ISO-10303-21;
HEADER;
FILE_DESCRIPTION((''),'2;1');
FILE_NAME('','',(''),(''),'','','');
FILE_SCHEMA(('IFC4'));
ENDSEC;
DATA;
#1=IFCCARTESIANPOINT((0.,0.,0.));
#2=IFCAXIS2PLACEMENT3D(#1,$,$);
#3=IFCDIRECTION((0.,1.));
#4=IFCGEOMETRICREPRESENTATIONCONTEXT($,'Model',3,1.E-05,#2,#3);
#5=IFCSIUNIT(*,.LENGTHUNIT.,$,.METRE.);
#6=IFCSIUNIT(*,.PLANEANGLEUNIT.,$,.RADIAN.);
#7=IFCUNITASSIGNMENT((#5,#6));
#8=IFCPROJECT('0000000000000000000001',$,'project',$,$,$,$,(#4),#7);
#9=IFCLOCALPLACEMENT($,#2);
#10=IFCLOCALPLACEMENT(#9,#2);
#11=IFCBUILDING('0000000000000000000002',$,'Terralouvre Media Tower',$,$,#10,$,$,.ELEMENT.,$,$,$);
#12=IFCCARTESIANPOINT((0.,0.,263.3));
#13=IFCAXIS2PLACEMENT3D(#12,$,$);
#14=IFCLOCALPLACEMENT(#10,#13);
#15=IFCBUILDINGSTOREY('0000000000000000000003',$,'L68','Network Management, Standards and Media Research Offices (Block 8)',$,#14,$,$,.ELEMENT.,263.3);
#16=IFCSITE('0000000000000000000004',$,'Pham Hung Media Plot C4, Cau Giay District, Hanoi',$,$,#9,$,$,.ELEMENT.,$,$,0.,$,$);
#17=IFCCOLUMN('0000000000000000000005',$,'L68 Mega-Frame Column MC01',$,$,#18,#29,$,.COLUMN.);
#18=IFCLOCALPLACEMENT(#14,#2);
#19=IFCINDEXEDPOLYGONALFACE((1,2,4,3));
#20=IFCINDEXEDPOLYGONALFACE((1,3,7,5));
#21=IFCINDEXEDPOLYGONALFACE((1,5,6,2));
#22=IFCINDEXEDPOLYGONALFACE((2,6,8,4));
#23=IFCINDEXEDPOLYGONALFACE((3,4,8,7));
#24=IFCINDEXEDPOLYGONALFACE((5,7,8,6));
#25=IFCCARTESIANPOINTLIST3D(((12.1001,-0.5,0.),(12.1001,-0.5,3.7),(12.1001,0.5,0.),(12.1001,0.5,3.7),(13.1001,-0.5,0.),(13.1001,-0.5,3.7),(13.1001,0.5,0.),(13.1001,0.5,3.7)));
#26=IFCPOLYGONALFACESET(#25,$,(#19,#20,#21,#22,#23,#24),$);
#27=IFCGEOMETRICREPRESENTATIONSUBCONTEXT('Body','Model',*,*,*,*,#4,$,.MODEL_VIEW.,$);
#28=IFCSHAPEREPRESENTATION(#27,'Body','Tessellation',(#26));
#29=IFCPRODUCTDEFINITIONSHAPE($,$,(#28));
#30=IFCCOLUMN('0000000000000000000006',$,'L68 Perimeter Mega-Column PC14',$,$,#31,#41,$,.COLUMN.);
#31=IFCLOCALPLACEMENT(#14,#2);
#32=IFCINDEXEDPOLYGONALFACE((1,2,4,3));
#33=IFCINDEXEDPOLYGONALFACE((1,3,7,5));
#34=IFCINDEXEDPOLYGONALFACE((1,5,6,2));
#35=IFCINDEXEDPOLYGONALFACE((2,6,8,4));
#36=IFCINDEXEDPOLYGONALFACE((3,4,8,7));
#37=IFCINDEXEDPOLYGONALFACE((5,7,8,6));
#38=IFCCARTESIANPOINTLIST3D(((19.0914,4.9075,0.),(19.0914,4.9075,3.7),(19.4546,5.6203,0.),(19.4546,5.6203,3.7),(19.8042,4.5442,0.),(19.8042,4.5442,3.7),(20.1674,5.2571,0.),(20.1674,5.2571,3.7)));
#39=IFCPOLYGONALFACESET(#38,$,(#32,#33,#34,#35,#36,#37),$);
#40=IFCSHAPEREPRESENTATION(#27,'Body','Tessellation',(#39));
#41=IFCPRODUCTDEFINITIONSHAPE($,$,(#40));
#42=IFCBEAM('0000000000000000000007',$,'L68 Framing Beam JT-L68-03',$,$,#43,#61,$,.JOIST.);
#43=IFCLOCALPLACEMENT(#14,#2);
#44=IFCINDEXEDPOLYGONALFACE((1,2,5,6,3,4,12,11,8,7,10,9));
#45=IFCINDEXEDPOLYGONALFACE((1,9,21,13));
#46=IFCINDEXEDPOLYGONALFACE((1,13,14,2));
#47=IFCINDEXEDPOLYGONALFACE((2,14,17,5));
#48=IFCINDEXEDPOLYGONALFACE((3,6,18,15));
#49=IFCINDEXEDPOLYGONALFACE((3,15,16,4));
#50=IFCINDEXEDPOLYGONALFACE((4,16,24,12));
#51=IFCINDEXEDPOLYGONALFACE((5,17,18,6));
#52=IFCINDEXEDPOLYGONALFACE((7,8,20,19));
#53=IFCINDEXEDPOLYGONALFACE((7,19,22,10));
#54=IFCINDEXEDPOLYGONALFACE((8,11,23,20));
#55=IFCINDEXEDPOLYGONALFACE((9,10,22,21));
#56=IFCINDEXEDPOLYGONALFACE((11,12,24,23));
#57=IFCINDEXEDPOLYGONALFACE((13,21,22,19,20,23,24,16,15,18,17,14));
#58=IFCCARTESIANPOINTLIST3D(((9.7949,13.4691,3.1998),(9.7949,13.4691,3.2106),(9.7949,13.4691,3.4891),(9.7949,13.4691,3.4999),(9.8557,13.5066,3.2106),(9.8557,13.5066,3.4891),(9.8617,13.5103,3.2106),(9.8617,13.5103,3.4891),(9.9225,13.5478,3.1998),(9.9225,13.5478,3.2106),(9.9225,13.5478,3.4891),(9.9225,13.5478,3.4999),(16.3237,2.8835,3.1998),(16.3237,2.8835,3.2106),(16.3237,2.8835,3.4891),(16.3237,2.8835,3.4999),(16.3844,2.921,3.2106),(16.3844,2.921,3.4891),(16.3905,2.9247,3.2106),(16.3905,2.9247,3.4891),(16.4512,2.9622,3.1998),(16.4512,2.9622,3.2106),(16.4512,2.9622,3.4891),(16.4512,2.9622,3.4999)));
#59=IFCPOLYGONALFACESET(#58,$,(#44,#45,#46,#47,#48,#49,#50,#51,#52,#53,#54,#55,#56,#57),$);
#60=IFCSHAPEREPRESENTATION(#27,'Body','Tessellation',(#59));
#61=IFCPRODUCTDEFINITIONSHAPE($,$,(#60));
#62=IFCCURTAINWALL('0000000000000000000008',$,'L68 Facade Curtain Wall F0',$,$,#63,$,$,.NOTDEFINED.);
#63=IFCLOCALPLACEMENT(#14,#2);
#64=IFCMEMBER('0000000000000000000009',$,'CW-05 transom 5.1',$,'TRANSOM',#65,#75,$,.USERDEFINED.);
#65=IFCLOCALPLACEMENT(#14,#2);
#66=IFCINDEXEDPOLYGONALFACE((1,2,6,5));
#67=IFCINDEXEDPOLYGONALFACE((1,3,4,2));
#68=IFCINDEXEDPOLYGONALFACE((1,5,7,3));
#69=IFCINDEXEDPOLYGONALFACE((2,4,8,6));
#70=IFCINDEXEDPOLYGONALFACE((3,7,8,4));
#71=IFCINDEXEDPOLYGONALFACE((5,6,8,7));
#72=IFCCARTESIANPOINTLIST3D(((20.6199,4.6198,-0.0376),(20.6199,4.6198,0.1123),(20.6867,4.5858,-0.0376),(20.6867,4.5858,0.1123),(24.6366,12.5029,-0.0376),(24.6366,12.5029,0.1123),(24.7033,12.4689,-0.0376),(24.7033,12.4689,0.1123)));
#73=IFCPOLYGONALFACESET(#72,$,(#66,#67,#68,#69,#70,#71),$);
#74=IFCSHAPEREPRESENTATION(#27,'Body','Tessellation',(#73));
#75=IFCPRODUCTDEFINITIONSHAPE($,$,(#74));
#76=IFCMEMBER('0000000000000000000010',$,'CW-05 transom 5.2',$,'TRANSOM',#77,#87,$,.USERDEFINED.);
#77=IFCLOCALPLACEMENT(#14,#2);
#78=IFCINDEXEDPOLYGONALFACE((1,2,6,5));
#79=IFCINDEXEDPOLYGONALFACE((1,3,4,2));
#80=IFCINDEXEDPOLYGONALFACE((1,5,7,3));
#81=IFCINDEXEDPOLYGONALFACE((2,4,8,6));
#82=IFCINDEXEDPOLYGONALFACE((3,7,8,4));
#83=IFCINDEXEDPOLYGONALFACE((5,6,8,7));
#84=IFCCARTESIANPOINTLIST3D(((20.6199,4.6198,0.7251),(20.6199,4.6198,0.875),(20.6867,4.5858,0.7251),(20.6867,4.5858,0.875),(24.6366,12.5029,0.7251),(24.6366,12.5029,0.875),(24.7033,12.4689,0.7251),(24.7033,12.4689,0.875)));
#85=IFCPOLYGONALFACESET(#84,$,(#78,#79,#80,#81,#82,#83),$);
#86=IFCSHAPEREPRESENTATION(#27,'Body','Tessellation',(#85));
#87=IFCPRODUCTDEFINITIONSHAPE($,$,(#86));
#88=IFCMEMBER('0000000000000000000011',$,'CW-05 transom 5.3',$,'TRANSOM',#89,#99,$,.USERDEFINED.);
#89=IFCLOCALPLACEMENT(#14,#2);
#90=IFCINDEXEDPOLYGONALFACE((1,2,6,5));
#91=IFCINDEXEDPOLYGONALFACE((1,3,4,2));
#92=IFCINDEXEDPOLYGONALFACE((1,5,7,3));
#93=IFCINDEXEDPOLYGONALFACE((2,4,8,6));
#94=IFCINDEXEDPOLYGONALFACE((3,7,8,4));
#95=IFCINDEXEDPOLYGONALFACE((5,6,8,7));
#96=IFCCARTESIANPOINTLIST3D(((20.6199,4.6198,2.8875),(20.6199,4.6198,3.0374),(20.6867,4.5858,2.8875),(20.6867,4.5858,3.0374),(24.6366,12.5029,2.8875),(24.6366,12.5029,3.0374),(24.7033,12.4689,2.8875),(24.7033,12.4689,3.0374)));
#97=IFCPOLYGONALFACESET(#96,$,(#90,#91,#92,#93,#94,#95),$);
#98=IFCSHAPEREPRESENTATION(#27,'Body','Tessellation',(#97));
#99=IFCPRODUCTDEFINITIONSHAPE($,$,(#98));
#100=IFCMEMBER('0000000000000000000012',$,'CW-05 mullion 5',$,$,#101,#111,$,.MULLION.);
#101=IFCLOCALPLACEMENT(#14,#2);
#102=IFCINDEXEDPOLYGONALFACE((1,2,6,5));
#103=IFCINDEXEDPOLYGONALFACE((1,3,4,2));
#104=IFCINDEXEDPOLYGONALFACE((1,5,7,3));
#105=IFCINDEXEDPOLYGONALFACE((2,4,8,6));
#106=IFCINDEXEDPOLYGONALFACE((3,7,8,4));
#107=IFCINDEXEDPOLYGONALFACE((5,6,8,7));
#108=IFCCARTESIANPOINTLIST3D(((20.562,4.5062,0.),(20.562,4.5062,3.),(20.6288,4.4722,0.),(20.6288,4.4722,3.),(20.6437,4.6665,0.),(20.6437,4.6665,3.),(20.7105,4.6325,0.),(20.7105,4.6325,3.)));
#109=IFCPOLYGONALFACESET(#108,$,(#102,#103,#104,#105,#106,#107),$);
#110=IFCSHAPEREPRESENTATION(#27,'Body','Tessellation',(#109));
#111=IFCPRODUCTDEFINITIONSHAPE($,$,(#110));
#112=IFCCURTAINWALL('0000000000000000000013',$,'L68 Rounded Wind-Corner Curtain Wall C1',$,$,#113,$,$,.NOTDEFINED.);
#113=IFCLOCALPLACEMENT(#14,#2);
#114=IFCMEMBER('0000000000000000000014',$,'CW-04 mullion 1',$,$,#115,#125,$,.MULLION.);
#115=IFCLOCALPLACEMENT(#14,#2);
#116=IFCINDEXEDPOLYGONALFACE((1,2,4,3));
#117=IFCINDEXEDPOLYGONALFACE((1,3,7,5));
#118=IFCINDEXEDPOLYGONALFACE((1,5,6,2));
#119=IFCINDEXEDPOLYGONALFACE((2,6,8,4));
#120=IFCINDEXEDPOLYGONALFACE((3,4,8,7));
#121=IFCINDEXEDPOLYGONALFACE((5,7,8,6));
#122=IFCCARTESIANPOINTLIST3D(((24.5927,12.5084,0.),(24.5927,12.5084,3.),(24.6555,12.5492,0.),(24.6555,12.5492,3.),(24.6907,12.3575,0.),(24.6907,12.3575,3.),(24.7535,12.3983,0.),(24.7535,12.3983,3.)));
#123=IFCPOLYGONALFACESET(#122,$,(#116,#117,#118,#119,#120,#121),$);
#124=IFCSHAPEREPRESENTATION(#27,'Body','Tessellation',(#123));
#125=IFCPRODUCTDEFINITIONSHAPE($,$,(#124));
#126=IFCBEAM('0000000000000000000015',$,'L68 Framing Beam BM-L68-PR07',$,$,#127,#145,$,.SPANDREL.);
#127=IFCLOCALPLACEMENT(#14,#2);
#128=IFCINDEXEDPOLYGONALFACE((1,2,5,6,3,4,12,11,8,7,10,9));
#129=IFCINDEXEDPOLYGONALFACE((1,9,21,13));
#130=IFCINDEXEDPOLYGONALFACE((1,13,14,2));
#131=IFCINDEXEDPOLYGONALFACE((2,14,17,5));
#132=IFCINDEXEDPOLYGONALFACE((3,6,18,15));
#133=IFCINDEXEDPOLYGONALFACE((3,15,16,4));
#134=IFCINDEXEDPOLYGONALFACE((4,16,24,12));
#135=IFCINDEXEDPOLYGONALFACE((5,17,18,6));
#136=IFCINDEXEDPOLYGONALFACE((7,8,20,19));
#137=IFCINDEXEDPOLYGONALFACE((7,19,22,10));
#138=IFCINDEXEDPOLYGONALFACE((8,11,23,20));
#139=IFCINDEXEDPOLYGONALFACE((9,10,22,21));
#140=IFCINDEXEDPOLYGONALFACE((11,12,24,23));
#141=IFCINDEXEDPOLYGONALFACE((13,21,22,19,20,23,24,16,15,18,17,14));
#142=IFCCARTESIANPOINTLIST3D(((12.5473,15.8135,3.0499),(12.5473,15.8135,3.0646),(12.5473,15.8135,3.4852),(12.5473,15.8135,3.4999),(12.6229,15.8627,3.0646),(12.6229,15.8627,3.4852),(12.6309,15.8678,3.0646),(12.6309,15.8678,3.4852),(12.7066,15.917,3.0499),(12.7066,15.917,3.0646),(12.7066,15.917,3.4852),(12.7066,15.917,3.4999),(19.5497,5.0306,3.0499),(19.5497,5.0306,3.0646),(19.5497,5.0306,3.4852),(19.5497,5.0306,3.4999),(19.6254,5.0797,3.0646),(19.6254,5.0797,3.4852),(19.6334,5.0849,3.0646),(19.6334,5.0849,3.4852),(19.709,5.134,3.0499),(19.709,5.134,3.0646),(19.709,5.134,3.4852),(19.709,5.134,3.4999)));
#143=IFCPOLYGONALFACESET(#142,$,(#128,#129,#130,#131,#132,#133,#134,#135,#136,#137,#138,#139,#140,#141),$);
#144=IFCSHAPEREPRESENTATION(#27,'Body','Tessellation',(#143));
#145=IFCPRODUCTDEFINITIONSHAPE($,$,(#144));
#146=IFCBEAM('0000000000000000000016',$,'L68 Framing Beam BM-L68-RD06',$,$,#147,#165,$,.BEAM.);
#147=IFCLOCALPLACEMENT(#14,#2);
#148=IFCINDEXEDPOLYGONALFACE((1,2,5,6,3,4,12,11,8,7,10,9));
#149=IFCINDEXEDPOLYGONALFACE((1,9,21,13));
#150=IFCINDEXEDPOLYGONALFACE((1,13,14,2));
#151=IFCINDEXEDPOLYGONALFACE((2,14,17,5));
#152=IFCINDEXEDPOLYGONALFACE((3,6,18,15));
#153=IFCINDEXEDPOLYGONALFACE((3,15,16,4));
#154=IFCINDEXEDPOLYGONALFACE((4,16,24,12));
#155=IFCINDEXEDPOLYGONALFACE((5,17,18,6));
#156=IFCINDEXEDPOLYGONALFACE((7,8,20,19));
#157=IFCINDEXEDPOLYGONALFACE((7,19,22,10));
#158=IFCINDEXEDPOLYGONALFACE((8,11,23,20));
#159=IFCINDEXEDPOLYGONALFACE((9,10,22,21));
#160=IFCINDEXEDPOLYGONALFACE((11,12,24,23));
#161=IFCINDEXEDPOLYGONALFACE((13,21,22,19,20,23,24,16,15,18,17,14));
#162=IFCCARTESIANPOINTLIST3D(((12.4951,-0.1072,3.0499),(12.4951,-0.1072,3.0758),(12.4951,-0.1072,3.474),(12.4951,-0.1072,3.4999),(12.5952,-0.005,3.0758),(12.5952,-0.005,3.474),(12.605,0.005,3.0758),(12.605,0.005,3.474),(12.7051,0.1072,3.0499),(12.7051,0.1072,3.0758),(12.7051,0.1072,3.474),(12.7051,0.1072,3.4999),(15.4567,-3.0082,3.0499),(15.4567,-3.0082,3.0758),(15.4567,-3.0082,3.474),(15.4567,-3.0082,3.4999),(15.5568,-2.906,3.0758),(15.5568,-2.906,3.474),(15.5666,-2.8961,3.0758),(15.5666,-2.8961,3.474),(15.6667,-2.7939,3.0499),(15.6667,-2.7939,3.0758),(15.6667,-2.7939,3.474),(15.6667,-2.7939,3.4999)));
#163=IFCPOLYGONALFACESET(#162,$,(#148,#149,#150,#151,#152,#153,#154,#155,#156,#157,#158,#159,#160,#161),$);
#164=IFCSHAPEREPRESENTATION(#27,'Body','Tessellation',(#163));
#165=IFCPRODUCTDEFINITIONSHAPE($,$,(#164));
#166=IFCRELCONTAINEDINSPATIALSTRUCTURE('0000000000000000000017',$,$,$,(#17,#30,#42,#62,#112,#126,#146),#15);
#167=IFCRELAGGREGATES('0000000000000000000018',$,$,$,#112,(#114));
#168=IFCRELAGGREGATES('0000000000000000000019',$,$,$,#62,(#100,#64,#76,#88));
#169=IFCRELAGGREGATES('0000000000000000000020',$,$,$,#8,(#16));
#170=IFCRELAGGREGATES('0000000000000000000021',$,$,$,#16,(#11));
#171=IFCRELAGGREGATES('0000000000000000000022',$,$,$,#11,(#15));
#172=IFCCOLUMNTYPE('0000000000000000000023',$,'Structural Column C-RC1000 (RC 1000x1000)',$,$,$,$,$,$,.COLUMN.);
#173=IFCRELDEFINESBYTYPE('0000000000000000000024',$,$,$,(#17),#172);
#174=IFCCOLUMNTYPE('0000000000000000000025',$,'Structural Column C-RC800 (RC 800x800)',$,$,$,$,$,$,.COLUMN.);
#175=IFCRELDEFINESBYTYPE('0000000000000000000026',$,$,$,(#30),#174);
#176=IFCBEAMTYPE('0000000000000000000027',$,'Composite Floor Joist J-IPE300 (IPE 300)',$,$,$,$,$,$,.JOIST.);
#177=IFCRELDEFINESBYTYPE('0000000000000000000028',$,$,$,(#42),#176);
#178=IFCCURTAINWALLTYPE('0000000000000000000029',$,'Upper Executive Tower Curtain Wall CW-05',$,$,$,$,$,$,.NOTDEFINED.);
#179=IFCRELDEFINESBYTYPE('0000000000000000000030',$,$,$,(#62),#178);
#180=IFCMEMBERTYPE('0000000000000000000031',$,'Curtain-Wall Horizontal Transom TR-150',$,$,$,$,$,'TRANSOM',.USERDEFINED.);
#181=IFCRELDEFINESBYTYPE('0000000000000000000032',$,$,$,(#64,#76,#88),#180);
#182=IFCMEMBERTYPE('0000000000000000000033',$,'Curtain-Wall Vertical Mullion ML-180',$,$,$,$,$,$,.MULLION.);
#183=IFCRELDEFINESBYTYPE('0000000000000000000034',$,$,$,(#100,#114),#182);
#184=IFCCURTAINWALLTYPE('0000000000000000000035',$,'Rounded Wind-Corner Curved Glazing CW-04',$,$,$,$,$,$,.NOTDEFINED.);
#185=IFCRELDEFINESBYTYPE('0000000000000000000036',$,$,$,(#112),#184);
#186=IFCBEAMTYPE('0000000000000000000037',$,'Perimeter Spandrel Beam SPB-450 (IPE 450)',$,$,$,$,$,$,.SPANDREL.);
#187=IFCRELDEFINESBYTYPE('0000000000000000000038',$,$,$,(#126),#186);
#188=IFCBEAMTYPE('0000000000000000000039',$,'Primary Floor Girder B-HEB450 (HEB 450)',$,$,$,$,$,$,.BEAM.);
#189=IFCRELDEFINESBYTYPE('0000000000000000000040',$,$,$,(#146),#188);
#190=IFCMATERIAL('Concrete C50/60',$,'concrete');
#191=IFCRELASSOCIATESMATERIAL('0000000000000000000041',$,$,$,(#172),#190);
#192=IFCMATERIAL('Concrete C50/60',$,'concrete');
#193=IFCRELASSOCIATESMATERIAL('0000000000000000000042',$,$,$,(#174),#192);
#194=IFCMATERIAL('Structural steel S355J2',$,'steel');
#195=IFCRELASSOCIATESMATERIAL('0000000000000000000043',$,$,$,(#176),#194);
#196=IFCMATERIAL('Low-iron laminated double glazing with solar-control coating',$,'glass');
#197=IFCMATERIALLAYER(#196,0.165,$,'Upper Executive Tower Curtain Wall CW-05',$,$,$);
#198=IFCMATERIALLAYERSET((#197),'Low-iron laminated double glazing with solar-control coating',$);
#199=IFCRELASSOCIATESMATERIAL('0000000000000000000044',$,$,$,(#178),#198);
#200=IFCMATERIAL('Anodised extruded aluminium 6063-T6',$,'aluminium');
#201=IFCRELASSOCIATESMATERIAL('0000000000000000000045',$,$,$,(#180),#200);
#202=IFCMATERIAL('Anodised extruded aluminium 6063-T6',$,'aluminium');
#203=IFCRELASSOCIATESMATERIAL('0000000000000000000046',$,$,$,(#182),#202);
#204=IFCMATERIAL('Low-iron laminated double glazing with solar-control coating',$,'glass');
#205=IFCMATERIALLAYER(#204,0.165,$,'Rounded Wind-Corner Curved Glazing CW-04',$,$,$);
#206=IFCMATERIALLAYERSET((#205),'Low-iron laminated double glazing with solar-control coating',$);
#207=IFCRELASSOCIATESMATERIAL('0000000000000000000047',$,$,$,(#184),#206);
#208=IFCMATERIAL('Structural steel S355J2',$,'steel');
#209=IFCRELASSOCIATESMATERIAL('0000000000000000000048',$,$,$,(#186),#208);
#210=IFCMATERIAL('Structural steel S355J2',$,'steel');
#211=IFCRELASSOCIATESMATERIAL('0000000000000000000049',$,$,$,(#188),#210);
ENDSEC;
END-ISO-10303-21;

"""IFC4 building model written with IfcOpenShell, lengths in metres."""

from ifc_helpers import new_model, si_unit, direction, frame, origin, origin_2d, place, context, subcontext, project, spatial, rectangle, i_section, extrude, material, layer, layer_set, material_profile, profile_set, type_object, element, aggregate, save


model = new_model("IFC4")

# Units and contexts
model_context = context("Model", 3, precision=1e-05, world=origin(), true_north=direction((0.0, 1.0)))
body_context = subcontext(model_context, "Body", "Model", "MODEL_VIEW")
ifc_project = project(units=[si_unit("LENGTHUNIT", "METRE"), si_unit("PLANEANGLEUNIT", "RADIAN")], contexts=[model_context])

# Site, building, storey
site_placement = place(None, origin())
site = spatial("IfcSite", under=ifc_project, at=site_placement, Name="Pham Hung Media Plot C4, Cau Giay District, Hanoi", CompositionType="ELEMENT", RefElevation=0.0)
building_placement = place(site_placement, origin())
building = spatial("IfcBuilding", under=site, at=building_placement, Name="Terralouvre Media Tower", CompositionType="ELEMENT")
storey_placement = place(building_placement, frame((0.0, 0.0, 263.3)))
storey = spatial("IfcBuildingStorey", under=building, at=storey_placement, Name="L68", Description="Network Management, Standards and Media Research Offices (Block 8)", CompositionType="ELEMENT", Elevation=263.3)

# Columns
ifc_material_1 = material(Name="Concrete C50/60", Category="concrete")
ifc_material_profile_1 = material_profile(ifc_material_1, rectangle(XDim=1.0, YDim=1.0, at=origin_2d()), Name="RC 1000x1000")
ifc_profile_set_1 = profile_set([ifc_material_profile_1], Name="Concrete C50/60")
column_type_1 = type_object("IfcColumnType", Name="Structural Column C-RC1000 (RC 1000x1000)", PredefinedType="COLUMN", material=ifc_profile_set_1)
column_1_placement = place(storey_placement, frame((12.6001, 0.0, 0.0), z_axis=(0.0, 0.0, 1.0), x_axis=(1.0, 0.0, 0.0)))
element("IfcColumn", 1, at=column_1_placement, inside=storey, type_object=column_type_1, Name="L68 Mega-Frame Column MC01", PredefinedType="COLUMN", context=body_context, shape_type="SweptSolid", body=[
    extrude(rectangle(XDim=1.0, YDim=1.0, at=origin_2d()), origin(), (0.0, 0.0, 1.0), 3.7),
])
ifc_material_2 = material(Name="Concrete C50/60", Category="concrete")
ifc_material_profile_2 = material_profile(ifc_material_2, rectangle(XDim=0.8, YDim=0.8, at=origin_2d()), Name="RC 800x800")
ifc_profile_set_2 = profile_set([ifc_material_profile_2], Name="Concrete C50/60")
column_type_2 = type_object("IfcColumnType", Name="Structural Column C-RC800 (RC 800x800)", PredefinedType="COLUMN", material=ifc_profile_set_2)
column_2_placement = place(storey_placement, frame((19.6294, 5.0823, 0.0), z_axis=(0.0, 0.0, 1.0), x_axis=(0.45399, 0.891007, 0.0)))
element("IfcColumn", 2, at=column_2_placement, inside=storey, type_object=column_type_2, Name="L68 Perimeter Mega-Column PC14", PredefinedType="COLUMN", context=body_context, shape_type="SweptSolid", body=[
    extrude(rectangle(XDim=0.8, YDim=0.8, at=origin_2d()), origin(), (0.0, 0.0, 1.0), 3.7),
])

# Beam
ifc_material_3 = material(Name="Structural steel S355J2", Category="steel")
ifc_material_profile_3 = material_profile(ifc_material_3, i_section(OverallWidth=0.1499, OverallDepth=0.3, WebThickness=0.0071, FlangeThickness=0.0107, at=origin_2d()), Name="IPE 300")
ifc_profile_set_3 = profile_set([ifc_material_profile_3], Name="Structural steel S355J2")
beam_type_1 = type_object("IfcBeamType", Name="Composite Floor Joist J-IPE300 (IPE 300)", PredefinedType="JOIST", material=ifc_profile_set_3)
beam_1_placement = place(storey_placement, frame((16.3875, 2.9229, 3.3499), z_axis=(-0.524945, 0.851136, 0.0), x_axis=(-0.851136, -0.524945, 0.0)))
element("IfcBeam", 3, at=beam_1_placement, inside=storey, type_object=beam_type_1, Name="L68 Framing Beam JT-L68-03", PredefinedType="JOIST", context=body_context, shape_type="SweptSolid", body=[
    extrude(i_section(OverallWidth=0.1499, OverallDepth=0.3, WebThickness=0.0071, FlangeThickness=0.0107, at=origin_2d()), origin(), (0.0, 0.0, 1.0), 12.437),
])

# Curtain wall, members
ifc_material_4 = material(Name="Low-iron laminated double glazing with solar-control coating", Category="glass")
ifc_layer_1 = layer(ifc_material_4, 0.165, Name="Upper Executive Tower Curtain Wall CW-05")
ifc_layer_set_1 = layer_set([ifc_layer_1], Name="Low-iron laminated double glazing with solar-control coating")
curtain_wall_type_1 = type_object("IfcCurtainWallType", Name="Upper Executive Tower Curtain Wall CW-05", PredefinedType="NOTDEFINED", material=ifc_layer_set_1)
curtain_wall_1_placement = place(storey_placement, origin())
curtain_wall_1 = element("IfcCurtainWall", 4, at=curtain_wall_1_placement, inside=storey, type_object=curtain_wall_type_1, Name="L68 Facade Curtain Wall F0", PredefinedType="NOTDEFINED")
ifc_material_5 = material(Name="Anodised extruded aluminium 6063-T6", Category="aluminium")
ifc_material_profile_4 = material_profile(ifc_material_5, rectangle(XDim=0.075, YDim=0.1499, at=origin_2d()), Name="ALU 75x150")
ifc_profile_set_4 = profile_set([ifc_material_profile_4], Name="Anodised extruded aluminium 6063-T6")
member_type_1 = type_object("IfcMemberType", Name="Curtain-Wall Horizontal Transom TR-150", ElementType="TRANSOM", PredefinedType="USERDEFINED", material=ifc_profile_set_4)
member_1_placement = place(storey_placement, frame((20.6533, 4.6028, 0.0374), z_axis=(0.453989, 0.891007, 0.0), x_axis=(-0.891007, 0.453989, 0.0)))
member_1 = element("IfcMember", 5, at=member_1_placement, type_object=member_type_1, Name="CW-05 transom 5.1", ObjectType="TRANSOM", PredefinedType="USERDEFINED", context=body_context, shape_type="SweptSolid", body=[
    extrude(rectangle(XDim=0.075, YDim=0.1499, at=origin_2d()), origin(), (0.0, 0.0, 1.0), 8.8474),
])
member_2_placement = place(storey_placement, frame((20.6533, 4.6028, 0.8), z_axis=(0.453989, 0.891007, 0.0), x_axis=(-0.891007, 0.453989, 0.0)))
member_2 = element("IfcMember", 6, at=member_2_placement, type_object=member_type_1, Name="CW-05 transom 5.2", ObjectType="TRANSOM", PredefinedType="USERDEFINED", context=body_context, shape_type="SweptSolid", body=[
    extrude(rectangle(XDim=0.075, YDim=0.1499, at=origin_2d()), origin(), (0.0, 0.0, 1.0), 8.8474),
])
member_3_placement = place(storey_placement, frame((20.6533, 4.6028, 2.9624), z_axis=(0.453989, 0.891007, 0.0), x_axis=(-0.891007, 0.453989, 0.0)))
member_3 = element("IfcMember", 7, at=member_3_placement, type_object=member_type_1, Name="CW-05 transom 5.3", ObjectType="TRANSOM", PredefinedType="USERDEFINED", context=body_context, shape_type="SweptSolid", body=[
    extrude(rectangle(XDim=0.075, YDim=0.1499, at=origin_2d()), origin(), (0.0, 0.0, 1.0), 8.8474),
])
ifc_material_6 = material(Name="Anodised extruded aluminium 6063-T6", Category="aluminium")
ifc_material_profile_5 = material_profile(ifc_material_6, rectangle(XDim=0.075, YDim=0.1799, at=origin_2d()), Name="ALU 75x180")
ifc_profile_set_5 = profile_set([ifc_material_profile_5], Name="Anodised extruded aluminium 6063-T6")
member_type_2 = type_object("IfcMemberType", Name="Curtain-Wall Vertical Mullion ML-180", PredefinedType="MULLION", material=ifc_profile_set_5)
member_4_placement = place(storey_placement, frame((20.6362, 4.5693, 0.0), z_axis=(0.0, 0.0, 1.0), x_axis=(-0.891007, 0.45399, 0.0)))
member_4 = element("IfcMember", 8, at=member_4_placement, type_object=member_type_2, Name="CW-05 mullion 5", PredefinedType="MULLION", context=body_context, shape_type="SweptSolid", body=[
    extrude(rectangle(XDim=0.075, YDim=0.1799, at=origin_2d()), origin(), (0.0, 0.0, 1.0), 3.0),
])

# Curtain wall, member
ifc_material_7 = material(Name="Low-iron laminated double glazing with solar-control coating", Category="glass")
ifc_layer_2 = layer(ifc_material_7, 0.165, Name="Rounded Wind-Corner Curved Glazing CW-04")
ifc_layer_set_2 = layer_set([ifc_layer_2], Name="Low-iron laminated double glazing with solar-control coating")
curtain_wall_type_2 = type_object("IfcCurtainWallType", Name="Rounded Wind-Corner Curved Glazing CW-04", PredefinedType="NOTDEFINED", material=ifc_layer_set_2)
curtain_wall_2_placement = place(storey_placement, origin())
curtain_wall_2 = element("IfcCurtainWall", 9, at=curtain_wall_2_placement, inside=storey, type_object=curtain_wall_type_2, Name="L68 Rounded Wind-Corner Curtain Wall C1", PredefinedType="NOTDEFINED")
member_5_placement = place(storey_placement, frame((24.6731, 12.4534, 0.0), z_axis=(0.0, 0.0, 1.0), x_axis=(-0.83867, -0.544639, 0.0)))
member_5 = element("IfcMember", 10, at=member_5_placement, type_object=member_type_2, Name="CW-04 mullion 1", PredefinedType="MULLION", context=body_context, shape_type="SweptSolid", body=[
    extrude(rectangle(XDim=0.075, YDim=0.1799, at=origin_2d()), origin(), (0.0, 0.0, 1.0), 3.0),
])
aggregate(curtain_wall_2, [member_5])

# Beams
ifc_material_8 = material(Name="Structural steel S355J2", Category="steel")
ifc_material_profile_6 = material_profile(ifc_material_8, i_section(OverallWidth=0.1899, OverallDepth=0.45, WebThickness=0.0095, FlangeThickness=0.0146, at=origin_2d()), Name="IPE 450")
ifc_profile_set_6 = profile_set([ifc_material_profile_6], Name="Structural steel S355J2")
beam_type_2 = type_object("IfcBeamType", Name="Perimeter Spandrel Beam SPB-450 (IPE 450)", PredefinedType="SPANDREL", material=ifc_profile_set_6)
beam_2_placement = place(storey_placement, frame((19.6294, 5.0823, 3.2749), z_axis=(-0.544634, 0.838674, 0.0), x_axis=(-0.838674, -0.544634, 0.0)))
element("IfcBeam", 11, at=beam_2_placement, inside=storey, type_object=beam_type_2, Name="L68 Framing Beam BM-L68-PR07", PredefinedType="SPANDREL", context=body_context, shape_type="SweptSolid", body=[
    extrude(i_section(OverallWidth=0.1899, OverallDepth=0.45, WebThickness=0.0095, FlangeThickness=0.0146, at=origin_2d()), origin(), (0.0, 0.0, 1.0), 12.8572),
])
ifc_material_9 = material(Name="Structural steel S355J2", Category="steel")
ifc_material_profile_7 = material_profile(ifc_material_9, i_section(OverallWidth=0.3, OverallDepth=0.45, WebThickness=0.0139, FlangeThickness=0.0259, at=origin_2d()), Name="HEB 450")
ifc_profile_set_7 = profile_set([ifc_material_profile_7], Name="Structural steel S355J2")
beam_type_3 = type_object("IfcBeamType", Name="Primary Floor Girder B-HEB450 (HEB 450)", PredefinedType="BEAM", material=ifc_profile_set_7)
beam_3_placement = place(storey_placement, frame((12.6001, 0.0, 3.2749), z_axis=(0.714371, -0.699767, 0.0), x_axis=(0.699767, 0.714371, 0.0)))
element("IfcBeam", 12, at=beam_3_placement, inside=storey, type_object=beam_type_3, Name="L68 Framing Beam BM-L68-RD06", PredefinedType="BEAM", context=body_context, shape_type="SweptSolid", body=[
    extrude(i_section(OverallWidth=0.3, OverallDepth=0.45, WebThickness=0.0139, FlangeThickness=0.0259, at=origin_2d()), origin(), (0.0, 0.0, 1.0), 4.1458),
])

aggregate(curtain_wall_1, [member_4, member_1, member_2, member_3])

save(model, "model.ifc")
